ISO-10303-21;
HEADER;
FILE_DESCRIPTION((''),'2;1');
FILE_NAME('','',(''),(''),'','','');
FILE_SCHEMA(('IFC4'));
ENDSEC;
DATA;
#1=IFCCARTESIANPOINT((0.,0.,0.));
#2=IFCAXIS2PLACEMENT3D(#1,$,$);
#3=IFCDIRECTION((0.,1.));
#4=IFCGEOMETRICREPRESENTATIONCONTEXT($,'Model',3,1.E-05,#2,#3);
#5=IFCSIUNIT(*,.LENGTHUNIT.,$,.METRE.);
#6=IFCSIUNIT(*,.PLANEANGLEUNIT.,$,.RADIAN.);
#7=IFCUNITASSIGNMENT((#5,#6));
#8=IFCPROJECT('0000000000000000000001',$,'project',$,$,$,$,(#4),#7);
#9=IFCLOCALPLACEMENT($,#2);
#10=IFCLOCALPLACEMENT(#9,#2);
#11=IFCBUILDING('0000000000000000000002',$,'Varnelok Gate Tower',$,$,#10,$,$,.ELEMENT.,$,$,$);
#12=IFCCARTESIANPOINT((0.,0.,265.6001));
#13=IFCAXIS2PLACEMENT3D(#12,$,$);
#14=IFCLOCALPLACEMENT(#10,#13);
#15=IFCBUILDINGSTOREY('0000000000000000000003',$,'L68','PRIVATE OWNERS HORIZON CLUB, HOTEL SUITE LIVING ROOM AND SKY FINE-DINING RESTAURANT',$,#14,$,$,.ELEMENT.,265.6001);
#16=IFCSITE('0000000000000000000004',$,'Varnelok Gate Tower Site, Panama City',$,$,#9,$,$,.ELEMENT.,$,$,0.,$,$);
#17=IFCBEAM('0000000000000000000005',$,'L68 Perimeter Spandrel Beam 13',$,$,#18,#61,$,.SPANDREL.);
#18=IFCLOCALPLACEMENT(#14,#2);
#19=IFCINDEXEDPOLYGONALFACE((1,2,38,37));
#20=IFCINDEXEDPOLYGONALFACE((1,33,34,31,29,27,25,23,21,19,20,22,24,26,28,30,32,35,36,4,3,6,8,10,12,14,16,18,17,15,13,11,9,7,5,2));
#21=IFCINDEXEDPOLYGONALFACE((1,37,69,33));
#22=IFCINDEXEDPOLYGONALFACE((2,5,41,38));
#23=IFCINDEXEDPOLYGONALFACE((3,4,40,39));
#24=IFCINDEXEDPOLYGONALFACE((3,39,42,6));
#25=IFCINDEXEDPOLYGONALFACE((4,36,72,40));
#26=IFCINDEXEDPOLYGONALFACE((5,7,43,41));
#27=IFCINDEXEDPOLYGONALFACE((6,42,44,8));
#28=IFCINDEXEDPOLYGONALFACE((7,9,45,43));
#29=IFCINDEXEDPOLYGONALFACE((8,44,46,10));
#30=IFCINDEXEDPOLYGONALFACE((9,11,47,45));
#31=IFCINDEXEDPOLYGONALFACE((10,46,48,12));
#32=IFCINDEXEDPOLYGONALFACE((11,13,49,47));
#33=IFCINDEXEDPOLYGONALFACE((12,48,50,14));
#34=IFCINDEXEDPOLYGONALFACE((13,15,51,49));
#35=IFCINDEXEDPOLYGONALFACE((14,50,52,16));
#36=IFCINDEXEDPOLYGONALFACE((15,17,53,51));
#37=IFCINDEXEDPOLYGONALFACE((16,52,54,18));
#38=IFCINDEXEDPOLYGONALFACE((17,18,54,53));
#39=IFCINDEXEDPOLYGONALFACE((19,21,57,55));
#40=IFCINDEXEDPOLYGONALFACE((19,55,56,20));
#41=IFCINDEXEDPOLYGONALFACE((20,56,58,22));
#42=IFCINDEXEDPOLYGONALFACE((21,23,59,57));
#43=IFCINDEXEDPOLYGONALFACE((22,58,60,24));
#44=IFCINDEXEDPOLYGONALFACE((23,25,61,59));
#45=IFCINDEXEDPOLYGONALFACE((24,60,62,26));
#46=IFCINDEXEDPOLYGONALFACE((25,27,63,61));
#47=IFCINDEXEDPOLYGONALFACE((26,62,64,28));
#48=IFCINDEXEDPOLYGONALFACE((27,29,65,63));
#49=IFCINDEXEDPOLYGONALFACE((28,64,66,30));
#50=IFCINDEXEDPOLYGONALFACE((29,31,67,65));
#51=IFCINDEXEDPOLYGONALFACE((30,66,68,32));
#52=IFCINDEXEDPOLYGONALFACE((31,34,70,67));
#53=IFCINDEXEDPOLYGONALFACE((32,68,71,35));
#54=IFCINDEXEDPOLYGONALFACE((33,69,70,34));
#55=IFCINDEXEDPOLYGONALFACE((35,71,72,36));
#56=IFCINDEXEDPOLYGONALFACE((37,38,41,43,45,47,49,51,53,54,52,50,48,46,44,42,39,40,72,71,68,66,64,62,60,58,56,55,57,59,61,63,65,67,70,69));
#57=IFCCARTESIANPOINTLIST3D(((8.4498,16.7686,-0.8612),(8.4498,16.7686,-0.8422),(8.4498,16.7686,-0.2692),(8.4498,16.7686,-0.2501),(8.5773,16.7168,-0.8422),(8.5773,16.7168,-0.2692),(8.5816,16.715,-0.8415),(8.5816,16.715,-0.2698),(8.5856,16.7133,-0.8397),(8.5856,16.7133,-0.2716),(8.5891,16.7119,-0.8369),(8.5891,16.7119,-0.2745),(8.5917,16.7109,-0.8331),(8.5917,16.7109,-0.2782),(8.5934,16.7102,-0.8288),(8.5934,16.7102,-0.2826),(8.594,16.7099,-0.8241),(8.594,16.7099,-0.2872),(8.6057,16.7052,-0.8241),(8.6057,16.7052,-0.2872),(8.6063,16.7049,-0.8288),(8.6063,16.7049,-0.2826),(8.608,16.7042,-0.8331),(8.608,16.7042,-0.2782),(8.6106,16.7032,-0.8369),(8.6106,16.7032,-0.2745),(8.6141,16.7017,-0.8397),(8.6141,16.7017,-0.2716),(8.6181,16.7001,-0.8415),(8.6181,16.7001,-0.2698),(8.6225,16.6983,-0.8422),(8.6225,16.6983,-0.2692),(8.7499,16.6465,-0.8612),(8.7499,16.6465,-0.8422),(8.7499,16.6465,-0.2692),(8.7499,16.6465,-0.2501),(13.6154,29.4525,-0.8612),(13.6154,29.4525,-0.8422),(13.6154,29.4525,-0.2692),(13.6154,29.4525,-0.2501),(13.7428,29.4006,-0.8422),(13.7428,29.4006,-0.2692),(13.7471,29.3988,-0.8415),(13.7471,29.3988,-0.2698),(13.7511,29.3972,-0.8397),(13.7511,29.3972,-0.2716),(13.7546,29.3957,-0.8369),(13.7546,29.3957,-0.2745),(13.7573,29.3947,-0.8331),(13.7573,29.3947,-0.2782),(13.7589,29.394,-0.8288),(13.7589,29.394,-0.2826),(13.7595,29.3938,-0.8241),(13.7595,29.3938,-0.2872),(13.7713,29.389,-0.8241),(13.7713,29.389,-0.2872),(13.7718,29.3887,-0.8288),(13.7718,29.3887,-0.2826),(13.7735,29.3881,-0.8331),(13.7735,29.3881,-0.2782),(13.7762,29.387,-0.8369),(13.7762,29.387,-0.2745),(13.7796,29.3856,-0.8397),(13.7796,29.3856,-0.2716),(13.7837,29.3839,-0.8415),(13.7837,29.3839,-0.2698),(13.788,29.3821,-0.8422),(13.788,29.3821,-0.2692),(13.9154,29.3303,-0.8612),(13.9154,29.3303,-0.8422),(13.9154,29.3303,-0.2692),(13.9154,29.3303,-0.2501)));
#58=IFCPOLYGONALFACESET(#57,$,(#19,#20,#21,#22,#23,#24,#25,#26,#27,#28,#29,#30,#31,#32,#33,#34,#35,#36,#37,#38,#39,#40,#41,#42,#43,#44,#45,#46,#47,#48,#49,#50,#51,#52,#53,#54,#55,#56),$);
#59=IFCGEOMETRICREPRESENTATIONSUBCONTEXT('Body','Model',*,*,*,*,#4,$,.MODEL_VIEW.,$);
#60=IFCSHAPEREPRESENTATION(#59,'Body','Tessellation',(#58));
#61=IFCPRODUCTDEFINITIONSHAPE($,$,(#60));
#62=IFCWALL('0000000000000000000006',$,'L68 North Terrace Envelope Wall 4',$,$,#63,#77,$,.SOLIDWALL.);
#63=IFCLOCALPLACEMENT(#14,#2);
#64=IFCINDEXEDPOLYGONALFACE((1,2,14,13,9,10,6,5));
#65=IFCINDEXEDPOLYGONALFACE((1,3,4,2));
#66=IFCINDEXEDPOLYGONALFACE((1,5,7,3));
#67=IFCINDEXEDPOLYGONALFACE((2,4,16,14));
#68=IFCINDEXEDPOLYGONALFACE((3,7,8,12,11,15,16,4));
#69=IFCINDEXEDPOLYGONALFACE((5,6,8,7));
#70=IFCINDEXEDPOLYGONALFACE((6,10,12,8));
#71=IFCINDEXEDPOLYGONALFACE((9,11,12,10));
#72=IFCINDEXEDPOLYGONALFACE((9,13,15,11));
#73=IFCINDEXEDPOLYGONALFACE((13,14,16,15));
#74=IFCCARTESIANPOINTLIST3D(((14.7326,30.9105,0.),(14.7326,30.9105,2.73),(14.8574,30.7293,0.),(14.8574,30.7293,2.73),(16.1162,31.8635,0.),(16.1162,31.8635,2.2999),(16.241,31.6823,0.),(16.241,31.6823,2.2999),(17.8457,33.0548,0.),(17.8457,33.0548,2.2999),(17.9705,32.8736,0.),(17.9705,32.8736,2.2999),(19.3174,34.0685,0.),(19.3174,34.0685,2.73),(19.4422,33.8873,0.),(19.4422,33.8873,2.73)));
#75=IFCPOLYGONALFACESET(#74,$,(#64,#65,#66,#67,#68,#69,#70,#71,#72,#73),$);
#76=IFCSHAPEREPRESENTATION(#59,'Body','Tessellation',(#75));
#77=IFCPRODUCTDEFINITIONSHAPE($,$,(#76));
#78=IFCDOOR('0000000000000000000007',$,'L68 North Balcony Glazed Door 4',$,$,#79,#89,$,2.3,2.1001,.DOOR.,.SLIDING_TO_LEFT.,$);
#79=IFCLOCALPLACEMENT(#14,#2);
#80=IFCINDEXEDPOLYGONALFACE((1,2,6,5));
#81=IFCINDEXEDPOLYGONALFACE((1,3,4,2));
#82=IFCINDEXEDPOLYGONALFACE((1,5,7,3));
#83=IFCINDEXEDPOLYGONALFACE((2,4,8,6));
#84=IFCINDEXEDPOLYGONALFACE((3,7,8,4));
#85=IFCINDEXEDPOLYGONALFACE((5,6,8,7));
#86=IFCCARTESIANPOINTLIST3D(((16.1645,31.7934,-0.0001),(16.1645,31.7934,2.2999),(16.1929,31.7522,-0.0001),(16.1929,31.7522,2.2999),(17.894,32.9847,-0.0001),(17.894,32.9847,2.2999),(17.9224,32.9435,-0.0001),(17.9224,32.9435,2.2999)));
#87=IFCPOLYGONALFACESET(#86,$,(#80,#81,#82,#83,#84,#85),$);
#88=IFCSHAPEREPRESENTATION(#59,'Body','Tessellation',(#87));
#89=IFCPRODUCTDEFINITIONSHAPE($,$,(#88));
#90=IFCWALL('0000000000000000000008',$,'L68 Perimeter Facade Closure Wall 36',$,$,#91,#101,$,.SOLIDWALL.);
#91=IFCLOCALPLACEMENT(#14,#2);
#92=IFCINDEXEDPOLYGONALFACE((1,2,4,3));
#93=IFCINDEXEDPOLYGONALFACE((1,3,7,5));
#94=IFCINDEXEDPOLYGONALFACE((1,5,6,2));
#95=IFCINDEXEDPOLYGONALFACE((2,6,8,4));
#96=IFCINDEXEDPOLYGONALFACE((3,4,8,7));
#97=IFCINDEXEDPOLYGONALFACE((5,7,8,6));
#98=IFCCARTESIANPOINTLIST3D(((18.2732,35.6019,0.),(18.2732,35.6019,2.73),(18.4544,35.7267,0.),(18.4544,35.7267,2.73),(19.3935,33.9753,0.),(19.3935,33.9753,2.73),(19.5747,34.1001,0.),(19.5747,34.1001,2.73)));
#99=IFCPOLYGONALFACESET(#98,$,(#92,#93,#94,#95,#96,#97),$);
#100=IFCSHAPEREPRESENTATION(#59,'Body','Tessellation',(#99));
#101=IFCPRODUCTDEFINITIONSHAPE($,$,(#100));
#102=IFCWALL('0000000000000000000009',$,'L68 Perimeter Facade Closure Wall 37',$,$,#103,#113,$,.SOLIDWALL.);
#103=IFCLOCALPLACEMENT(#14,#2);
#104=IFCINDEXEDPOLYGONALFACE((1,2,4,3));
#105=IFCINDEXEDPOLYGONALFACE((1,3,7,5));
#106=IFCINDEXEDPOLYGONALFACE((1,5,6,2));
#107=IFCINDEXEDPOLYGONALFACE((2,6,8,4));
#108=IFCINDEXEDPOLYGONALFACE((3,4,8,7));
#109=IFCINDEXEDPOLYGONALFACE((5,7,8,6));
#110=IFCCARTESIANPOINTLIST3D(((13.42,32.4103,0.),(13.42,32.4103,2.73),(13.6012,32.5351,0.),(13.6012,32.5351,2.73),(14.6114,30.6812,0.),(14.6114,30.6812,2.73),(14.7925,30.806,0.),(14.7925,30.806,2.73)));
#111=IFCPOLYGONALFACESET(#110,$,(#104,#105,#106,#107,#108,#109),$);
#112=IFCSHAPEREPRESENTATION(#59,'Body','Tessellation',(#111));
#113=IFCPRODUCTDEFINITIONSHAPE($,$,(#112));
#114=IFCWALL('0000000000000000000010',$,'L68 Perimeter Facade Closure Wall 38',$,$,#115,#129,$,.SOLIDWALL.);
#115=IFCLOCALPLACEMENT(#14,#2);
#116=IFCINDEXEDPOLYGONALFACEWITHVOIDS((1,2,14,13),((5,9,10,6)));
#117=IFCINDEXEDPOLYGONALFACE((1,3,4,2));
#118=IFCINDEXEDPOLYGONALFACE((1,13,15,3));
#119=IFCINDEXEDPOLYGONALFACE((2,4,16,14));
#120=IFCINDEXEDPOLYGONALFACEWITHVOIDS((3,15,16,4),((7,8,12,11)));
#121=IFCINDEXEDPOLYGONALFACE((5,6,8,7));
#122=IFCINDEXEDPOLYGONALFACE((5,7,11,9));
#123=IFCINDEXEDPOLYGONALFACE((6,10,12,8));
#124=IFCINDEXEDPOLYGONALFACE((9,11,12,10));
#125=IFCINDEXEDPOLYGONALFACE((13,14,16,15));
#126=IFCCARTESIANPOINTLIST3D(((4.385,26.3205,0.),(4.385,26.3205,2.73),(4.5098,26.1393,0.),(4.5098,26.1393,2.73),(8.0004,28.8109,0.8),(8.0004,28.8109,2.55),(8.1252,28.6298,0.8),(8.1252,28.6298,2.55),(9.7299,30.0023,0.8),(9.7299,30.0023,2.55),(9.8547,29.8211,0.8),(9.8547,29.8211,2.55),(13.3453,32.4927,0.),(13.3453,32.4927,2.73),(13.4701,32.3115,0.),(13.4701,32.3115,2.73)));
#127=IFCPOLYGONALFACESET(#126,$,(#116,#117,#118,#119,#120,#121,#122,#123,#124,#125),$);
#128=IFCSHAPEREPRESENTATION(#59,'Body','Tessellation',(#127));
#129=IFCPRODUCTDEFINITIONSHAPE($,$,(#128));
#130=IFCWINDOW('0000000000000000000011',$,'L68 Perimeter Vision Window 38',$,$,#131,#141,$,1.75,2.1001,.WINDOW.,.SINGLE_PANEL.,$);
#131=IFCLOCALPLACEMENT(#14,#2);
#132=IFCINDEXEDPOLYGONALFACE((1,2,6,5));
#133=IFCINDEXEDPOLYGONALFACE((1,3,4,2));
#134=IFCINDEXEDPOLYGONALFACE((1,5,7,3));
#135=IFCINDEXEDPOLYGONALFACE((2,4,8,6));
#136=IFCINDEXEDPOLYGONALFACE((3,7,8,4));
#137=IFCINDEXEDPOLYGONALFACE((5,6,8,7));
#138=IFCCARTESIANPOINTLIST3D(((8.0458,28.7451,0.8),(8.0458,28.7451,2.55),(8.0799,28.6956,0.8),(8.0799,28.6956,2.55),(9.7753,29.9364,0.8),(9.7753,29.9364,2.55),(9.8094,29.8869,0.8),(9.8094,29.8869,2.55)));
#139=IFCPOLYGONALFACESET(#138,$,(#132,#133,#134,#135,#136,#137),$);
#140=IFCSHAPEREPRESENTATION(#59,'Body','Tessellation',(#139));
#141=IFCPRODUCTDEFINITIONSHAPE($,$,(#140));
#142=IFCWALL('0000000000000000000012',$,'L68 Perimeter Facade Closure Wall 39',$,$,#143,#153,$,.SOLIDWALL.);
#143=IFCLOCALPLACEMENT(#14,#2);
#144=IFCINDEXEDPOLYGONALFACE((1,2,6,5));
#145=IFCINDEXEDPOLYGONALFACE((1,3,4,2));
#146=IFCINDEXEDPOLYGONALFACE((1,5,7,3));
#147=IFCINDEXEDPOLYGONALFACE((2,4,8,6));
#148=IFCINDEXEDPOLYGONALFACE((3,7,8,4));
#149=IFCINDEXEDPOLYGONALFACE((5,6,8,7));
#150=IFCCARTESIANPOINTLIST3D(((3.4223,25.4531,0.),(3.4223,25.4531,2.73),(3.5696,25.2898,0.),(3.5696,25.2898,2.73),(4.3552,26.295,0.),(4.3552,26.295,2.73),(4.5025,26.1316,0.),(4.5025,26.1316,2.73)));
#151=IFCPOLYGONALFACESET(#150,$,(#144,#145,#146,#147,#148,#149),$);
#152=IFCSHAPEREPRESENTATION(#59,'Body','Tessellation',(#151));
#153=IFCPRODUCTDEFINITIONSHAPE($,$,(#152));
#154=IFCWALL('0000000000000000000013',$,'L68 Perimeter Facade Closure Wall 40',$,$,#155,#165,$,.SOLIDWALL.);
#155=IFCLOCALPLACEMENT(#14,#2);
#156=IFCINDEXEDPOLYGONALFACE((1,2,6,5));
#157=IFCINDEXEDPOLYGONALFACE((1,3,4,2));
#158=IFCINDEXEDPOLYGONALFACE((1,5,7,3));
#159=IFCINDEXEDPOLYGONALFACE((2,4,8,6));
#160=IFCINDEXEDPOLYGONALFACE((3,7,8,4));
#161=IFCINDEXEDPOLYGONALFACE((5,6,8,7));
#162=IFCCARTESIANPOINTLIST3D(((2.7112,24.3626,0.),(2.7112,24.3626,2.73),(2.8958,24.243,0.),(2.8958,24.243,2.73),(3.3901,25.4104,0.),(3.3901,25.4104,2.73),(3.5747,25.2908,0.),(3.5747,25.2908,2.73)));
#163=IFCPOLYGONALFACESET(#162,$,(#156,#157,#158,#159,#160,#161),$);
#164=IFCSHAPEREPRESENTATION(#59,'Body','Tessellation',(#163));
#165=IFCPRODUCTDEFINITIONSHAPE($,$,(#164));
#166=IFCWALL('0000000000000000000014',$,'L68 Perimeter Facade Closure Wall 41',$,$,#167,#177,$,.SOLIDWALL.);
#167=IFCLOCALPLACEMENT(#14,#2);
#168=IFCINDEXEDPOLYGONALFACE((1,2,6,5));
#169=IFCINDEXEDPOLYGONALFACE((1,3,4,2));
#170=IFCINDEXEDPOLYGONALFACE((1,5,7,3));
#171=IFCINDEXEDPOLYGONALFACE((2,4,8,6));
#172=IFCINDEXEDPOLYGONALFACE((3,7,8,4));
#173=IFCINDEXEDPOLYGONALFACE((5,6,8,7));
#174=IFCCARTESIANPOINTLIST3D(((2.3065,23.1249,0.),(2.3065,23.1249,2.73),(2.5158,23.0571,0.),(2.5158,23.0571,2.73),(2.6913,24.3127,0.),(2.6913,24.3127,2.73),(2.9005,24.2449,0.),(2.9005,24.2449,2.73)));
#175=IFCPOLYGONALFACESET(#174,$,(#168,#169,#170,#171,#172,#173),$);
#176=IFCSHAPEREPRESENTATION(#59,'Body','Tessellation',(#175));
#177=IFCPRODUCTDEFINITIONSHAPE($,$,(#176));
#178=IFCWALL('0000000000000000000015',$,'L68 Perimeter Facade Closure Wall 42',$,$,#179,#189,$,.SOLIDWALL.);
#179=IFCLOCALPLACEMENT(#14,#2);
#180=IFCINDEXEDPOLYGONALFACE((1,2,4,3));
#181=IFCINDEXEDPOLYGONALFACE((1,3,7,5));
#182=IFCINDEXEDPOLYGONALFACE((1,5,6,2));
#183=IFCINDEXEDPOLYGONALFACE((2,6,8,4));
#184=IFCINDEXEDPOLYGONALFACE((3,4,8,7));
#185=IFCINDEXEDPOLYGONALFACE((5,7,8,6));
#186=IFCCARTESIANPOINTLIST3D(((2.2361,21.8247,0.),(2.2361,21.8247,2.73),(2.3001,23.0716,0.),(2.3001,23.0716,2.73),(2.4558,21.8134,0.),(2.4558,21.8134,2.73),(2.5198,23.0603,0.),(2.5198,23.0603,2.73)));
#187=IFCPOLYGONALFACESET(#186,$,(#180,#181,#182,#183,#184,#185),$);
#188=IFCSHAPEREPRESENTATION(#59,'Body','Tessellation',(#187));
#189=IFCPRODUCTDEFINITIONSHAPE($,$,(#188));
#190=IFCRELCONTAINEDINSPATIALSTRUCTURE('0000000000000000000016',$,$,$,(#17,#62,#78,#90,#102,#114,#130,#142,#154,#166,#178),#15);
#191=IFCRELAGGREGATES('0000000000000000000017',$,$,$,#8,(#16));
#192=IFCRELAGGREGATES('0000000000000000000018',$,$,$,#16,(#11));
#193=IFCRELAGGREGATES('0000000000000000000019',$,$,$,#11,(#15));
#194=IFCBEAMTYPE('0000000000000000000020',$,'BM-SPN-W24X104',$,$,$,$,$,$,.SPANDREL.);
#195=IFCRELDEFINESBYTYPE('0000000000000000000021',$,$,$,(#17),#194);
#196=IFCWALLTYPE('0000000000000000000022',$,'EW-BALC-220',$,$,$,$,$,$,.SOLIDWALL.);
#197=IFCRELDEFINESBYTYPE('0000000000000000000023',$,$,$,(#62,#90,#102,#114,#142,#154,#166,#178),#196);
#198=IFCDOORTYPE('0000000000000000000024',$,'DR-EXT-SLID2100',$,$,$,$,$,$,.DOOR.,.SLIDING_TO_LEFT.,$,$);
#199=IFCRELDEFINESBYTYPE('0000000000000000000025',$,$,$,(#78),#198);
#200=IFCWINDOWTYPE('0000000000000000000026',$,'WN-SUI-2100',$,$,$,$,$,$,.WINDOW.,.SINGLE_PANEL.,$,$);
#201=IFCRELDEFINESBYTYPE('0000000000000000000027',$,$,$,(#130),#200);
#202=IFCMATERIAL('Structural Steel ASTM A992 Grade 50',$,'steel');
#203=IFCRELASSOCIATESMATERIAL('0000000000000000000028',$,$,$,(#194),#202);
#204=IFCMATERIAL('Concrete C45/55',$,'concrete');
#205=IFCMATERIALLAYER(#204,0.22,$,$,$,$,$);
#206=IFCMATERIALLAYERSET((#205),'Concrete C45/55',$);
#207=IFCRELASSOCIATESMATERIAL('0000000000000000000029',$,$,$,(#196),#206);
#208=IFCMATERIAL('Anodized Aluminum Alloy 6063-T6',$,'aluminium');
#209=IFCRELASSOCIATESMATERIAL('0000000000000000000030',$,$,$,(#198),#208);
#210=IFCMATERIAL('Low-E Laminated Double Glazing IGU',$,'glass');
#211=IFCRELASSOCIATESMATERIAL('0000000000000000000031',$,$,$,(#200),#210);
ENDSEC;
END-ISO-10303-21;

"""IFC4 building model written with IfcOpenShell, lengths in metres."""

from ifc_helpers import new_model, si_unit, direction, frame, frame_2d, origin, origin_2d, place, context, subcontext, project, spatial, rectangle, i_section, extrude, material, layer, layer_set, material_profile, profile_set, type_object, element, fill, save


model = new_model("IFC4")

# Units and contexts
model_context = context("Model", 3, precision=1e-05, world=origin(), true_north=direction((0.0, 1.0)))
body_context = subcontext(model_context, "Body", "Model", "MODEL_VIEW")
ifc_project = project(units=[si_unit("LENGTHUNIT", "METRE"), si_unit("PLANEANGLEUNIT", "RADIAN")], contexts=[model_context])

# Site, building, storey
site_placement = place(None, origin())
site = spatial("IfcSite", under=ifc_project, at=site_placement, Name="Varnelok Gate Tower Site, Panama City", CompositionType="ELEMENT", RefElevation=0.0)
building_placement = place(site_placement, origin())
building = spatial("IfcBuilding", under=site, at=building_placement, Name="Varnelok Gate Tower", CompositionType="ELEMENT")
storey_placement = place(building_placement, frame((0.0, 0.0, 265.6001)))
storey = spatial("IfcBuildingStorey", under=building, at=storey_placement, Name="L68", Description="PRIVATE OWNERS HORIZON CLUB, HOTEL SUITE LIVING ROOM AND SKY FINE-DINING RESTAURANT", CompositionType="ELEMENT", Elevation=265.6001)

# Shared definitions
ifc_material_1 = material(Name="Structural Steel ASTM A992 Grade 50", Category="steel")

# Beam
ifc_material_profile_1 = material_profile(ifc_material_1, i_section(OverallWidth=0.324, OverallDepth=0.6111, WebThickness=0.0127, FlangeThickness=0.019, FilletRadius=0.0181, at=origin_2d()), Name="W24X104")
ifc_profile_set_1 = profile_set([ifc_material_profile_1], Name="Structural Steel ASTM A992 Grade 50")
beam_type_1 = type_object("IfcBeamType", Name="BM-SPN-W24X104", PredefinedType="SPANDREL", material=ifc_profile_set_1)
beam_1_placement = place(storey_placement, frame((13.7654, 29.3914, -0.5557), z_axis=(-0.377174, -0.926142, 0.0), x_axis=(0.926142, -0.377174, 0.0)))
element("IfcBeam", 1, at=beam_1_placement, inside=storey, type_object=beam_type_1, Name="L68 Perimeter Spandrel Beam 13", PredefinedType="SPANDREL", context=body_context, shape_type="SweptSolid", body=[
    extrude(i_section(OverallWidth=0.324, OverallDepth=0.6111, WebThickness=0.0127, FlangeThickness=0.019, FilletRadius=0.0181, at=origin_2d()), origin(), (0.0, 0.0, 1.0), 13.6953),
])

# Wall, opening, door
ifc_material_2 = material(Name="Concrete C45/55", Category="concrete")
ifc_layer_1 = layer(ifc_material_2, 0.22)
ifc_layer_set_1 = layer_set([ifc_layer_1], Name="Concrete C45/55")
wall_type_1 = type_object("IfcWallType", Name="EW-BALC-220", PredefinedType="SOLIDWALL", material=ifc_layer_set_1)
wall_1_placement = place(storey_placement, frame((14.7949, 30.8198, 0.0), z_axis=(0.0, 0.0, 1.0), x_axis=(0.823541, 0.567256, 0.0)))
wall_1 = element("IfcWall", 2, at=wall_1_placement, inside=storey, type_object=wall_type_1, Name="L68 North Terrace Envelope Wall 4", PredefinedType="SOLIDWALL", context=body_context, shape_type="SweptSolid", body=[
    extrude(rectangle(XDim=5.5671, YDim=0.22, at=frame_2d((2.7837, 0.0))), origin(), (0.0, 0.0, 1.0), 2.73),
])
opening_1_placement = place(wall_1_placement, frame((1.6802, 0.0, 0.0)))
opening_1 = element("IfcOpeningElement", 3, at=opening_1_placement, cuts=wall_1, PredefinedType="OPENING", context=body_context, shape_type="SweptSolid", body=[
    extrude(rectangle(XDim=2.1001, YDim=2.3, at=frame_2d((1.05, 1.1499))), frame((0.0, 0.1199, 0.0), z_axis=(0.0, -1.0, 0.0), x_axis=(1.0, 0.0, 0.0)), (0.0, 0.0, 1.0), 0.24),
])
ifc_material_3 = material(Name="Anodized Aluminum Alloy 6063-T6", Category="aluminium")
door_type = type_object("IfcDoorType", Name="DR-EXT-SLID2100", OperationType="SLIDING_TO_LEFT", PredefinedType="DOOR", material=ifc_material_3)
door_placement = place(opening_1_placement, origin())
door = element("IfcDoor", 4, at=door_placement, inside=storey, type_object=door_type, Name="L68 North Balcony Glazed Door 4", OperationType="SLIDING_TO_LEFT", OverallHeight=2.3, OverallWidth=2.1001, PredefinedType="DOOR", context=body_context, shape_type="SweptSolid", body=[
    extrude(rectangle(XDim=2.1001, YDim=2.3, at=frame_2d((1.05, 1.1499))), frame((0.0, 0.0249, 0.0), z_axis=(0.0, -1.0, 0.0), x_axis=(1.0, 0.0, 0.0)), (0.0, 0.0, 1.0), 0.05),
])
fill(opening_1, door)

# Walls
wall_2_placement = place(storey_placement, frame((18.3638, 35.6643, 0.0), z_axis=(0.0, 0.0, 1.0), x_axis=(0.567216, -0.823569, 0.0)))
element("IfcWall", 5, at=wall_2_placement, inside=storey, type_object=wall_type_1, Name="L68 Perimeter Facade Closure Wall 36", PredefinedType="SOLIDWALL", context=body_context, shape_type="SweptSolid", body=[
    extrude(rectangle(XDim=1.9751, YDim=0.22, at=frame_2d((0.9875, 0.0))), origin(), (0.0, 0.0, 1.0), 2.73),
])
wall_3_placement = place(storey_placement, frame((14.7019, 30.7437, 0.0), z_axis=(0.0, 0.0, 1.0), x_axis=(-0.567353, 0.823475, 0.0)))
element("IfcWall", 6, at=wall_3_placement, inside=storey, type_object=wall_type_1, Name="L68 Perimeter Facade Closure Wall 37", PredefinedType="SOLIDWALL", context=body_context, shape_type="SweptSolid", body=[
    extrude(rectangle(XDim=2.0999, YDim=0.22, at=frame_2d((1.0498, 0.0))), origin(), (0.0, 0.0, 1.0), 2.73),
])

# Wall, opening, window
wall_4_placement = place(storey_placement, frame((13.4077, 32.4021, 0.0), z_axis=(0.0, 0.0, 1.0), x_axis=(-0.823528, -0.567276, 0.0)))
wall_4 = element("IfcWall", 7, at=wall_4_placement, inside=storey, type_object=wall_type_1, Name="L68 Perimeter Facade Closure Wall 38", PredefinedType="SOLIDWALL", context=body_context, shape_type="SweptSolid", body=[
    extrude(rectangle(XDim=10.8804, YDim=0.22, at=frame_2d((5.4402, 0.0))), origin(), (0.0, 0.0, 1.0), 2.73),
])
opening_2_placement = place(wall_4_placement, frame((4.3901, 0.0, 0.8)))
opening_2 = element("IfcOpeningElement", 8, at=opening_2_placement, cuts=wall_4, PredefinedType="OPENING", context=body_context, shape_type="SweptSolid", body=[
    extrude(rectangle(XDim=2.1001, YDim=1.75, at=frame_2d((1.05, 0.875))), frame((0.0, 0.1199, 0.0), z_axis=(0.0, -1.0, 0.0), x_axis=(1.0, 0.0, 0.0)), (0.0, 0.0, 1.0), 0.24),
])
ifc_material_4 = material(Name="Low-E Laminated Double Glazing IGU", Category="glass")
window_type = type_object("IfcWindowType", Name="WN-SUI-2100", PartitioningType="SINGLE_PANEL", PredefinedType="WINDOW", material=ifc_material_4)
window_placement = place(opening_2_placement, origin())
window = element("IfcWindow", 9, at=window_placement, inside=storey, type_object=window_type, Name="L68 Perimeter Vision Window 38", OverallHeight=1.75, OverallWidth=2.1001, PartitioningType="SINGLE_PANEL", PredefinedType="WINDOW", context=body_context, shape_type="SweptSolid", body=[
    extrude(rectangle(XDim=2.1001, YDim=1.75, at=frame_2d((1.05, 0.875))), frame((0.0, 0.03, 0.0), z_axis=(0.0, -1.0, 0.0), x_axis=(1.0, 0.0, 0.0)), (0.0, 0.0, 1.0), 0.0601),
])
fill(opening_2, window)

# Walls
wall_5_placement = place(storey_placement, frame((4.429, 26.2134, 0.0), z_axis=(0.0, 0.0, 1.0), x_axis=(-0.742414, -0.669941, 0.0)))
element("IfcWall", 10, at=wall_5_placement, inside=storey, type_object=wall_type_1, Name="L68 Perimeter Facade Closure Wall 39", PredefinedType="SOLIDWALL", context=body_context, shape_type="SweptSolid", body=[
    extrude(rectangle(XDim=1.2566, YDim=0.22, at=frame_2d((0.6284, 0.0))), origin(), (0.0, 0.0, 1.0), 2.73),
])
for number, where, z_axis, x_axis, name in (
    (11, (3.4824, 25.3506, 0.0), (0.0, 0.0, 1.0), (-0.543778, -0.839229, 0.0), "L68 Perimeter Facade Closure Wall 40"),
    (12, (2.7959, 24.2788, 0.0), (0.0, 0.0, 1.0), (-0.30818, -0.951328, 0.0), "L68 Perimeter Facade Closure Wall 41"),
    (13, (2.4099, 23.0659, 0.0), (0.0, 0.0, 1.0), (-0.051235, -0.998687, 0.0), "L68 Perimeter Facade Closure Wall 42"),
):
    element("IfcWall", number, at=place(storey_placement, frame(where, z_axis=z_axis, x_axis=x_axis)), inside=storey, type_object=wall_type_1, Name=name, PredefinedType="SOLIDWALL", context=body_context, shape_type="SweptSolid", body=[
        extrude(rectangle(XDim=1.2485, YDim=0.22, at=frame_2d((0.6243, 0.0))), origin(), (0.0, 0.0, 1.0), 2.73),
    ])

save(model, "model.ifc")
